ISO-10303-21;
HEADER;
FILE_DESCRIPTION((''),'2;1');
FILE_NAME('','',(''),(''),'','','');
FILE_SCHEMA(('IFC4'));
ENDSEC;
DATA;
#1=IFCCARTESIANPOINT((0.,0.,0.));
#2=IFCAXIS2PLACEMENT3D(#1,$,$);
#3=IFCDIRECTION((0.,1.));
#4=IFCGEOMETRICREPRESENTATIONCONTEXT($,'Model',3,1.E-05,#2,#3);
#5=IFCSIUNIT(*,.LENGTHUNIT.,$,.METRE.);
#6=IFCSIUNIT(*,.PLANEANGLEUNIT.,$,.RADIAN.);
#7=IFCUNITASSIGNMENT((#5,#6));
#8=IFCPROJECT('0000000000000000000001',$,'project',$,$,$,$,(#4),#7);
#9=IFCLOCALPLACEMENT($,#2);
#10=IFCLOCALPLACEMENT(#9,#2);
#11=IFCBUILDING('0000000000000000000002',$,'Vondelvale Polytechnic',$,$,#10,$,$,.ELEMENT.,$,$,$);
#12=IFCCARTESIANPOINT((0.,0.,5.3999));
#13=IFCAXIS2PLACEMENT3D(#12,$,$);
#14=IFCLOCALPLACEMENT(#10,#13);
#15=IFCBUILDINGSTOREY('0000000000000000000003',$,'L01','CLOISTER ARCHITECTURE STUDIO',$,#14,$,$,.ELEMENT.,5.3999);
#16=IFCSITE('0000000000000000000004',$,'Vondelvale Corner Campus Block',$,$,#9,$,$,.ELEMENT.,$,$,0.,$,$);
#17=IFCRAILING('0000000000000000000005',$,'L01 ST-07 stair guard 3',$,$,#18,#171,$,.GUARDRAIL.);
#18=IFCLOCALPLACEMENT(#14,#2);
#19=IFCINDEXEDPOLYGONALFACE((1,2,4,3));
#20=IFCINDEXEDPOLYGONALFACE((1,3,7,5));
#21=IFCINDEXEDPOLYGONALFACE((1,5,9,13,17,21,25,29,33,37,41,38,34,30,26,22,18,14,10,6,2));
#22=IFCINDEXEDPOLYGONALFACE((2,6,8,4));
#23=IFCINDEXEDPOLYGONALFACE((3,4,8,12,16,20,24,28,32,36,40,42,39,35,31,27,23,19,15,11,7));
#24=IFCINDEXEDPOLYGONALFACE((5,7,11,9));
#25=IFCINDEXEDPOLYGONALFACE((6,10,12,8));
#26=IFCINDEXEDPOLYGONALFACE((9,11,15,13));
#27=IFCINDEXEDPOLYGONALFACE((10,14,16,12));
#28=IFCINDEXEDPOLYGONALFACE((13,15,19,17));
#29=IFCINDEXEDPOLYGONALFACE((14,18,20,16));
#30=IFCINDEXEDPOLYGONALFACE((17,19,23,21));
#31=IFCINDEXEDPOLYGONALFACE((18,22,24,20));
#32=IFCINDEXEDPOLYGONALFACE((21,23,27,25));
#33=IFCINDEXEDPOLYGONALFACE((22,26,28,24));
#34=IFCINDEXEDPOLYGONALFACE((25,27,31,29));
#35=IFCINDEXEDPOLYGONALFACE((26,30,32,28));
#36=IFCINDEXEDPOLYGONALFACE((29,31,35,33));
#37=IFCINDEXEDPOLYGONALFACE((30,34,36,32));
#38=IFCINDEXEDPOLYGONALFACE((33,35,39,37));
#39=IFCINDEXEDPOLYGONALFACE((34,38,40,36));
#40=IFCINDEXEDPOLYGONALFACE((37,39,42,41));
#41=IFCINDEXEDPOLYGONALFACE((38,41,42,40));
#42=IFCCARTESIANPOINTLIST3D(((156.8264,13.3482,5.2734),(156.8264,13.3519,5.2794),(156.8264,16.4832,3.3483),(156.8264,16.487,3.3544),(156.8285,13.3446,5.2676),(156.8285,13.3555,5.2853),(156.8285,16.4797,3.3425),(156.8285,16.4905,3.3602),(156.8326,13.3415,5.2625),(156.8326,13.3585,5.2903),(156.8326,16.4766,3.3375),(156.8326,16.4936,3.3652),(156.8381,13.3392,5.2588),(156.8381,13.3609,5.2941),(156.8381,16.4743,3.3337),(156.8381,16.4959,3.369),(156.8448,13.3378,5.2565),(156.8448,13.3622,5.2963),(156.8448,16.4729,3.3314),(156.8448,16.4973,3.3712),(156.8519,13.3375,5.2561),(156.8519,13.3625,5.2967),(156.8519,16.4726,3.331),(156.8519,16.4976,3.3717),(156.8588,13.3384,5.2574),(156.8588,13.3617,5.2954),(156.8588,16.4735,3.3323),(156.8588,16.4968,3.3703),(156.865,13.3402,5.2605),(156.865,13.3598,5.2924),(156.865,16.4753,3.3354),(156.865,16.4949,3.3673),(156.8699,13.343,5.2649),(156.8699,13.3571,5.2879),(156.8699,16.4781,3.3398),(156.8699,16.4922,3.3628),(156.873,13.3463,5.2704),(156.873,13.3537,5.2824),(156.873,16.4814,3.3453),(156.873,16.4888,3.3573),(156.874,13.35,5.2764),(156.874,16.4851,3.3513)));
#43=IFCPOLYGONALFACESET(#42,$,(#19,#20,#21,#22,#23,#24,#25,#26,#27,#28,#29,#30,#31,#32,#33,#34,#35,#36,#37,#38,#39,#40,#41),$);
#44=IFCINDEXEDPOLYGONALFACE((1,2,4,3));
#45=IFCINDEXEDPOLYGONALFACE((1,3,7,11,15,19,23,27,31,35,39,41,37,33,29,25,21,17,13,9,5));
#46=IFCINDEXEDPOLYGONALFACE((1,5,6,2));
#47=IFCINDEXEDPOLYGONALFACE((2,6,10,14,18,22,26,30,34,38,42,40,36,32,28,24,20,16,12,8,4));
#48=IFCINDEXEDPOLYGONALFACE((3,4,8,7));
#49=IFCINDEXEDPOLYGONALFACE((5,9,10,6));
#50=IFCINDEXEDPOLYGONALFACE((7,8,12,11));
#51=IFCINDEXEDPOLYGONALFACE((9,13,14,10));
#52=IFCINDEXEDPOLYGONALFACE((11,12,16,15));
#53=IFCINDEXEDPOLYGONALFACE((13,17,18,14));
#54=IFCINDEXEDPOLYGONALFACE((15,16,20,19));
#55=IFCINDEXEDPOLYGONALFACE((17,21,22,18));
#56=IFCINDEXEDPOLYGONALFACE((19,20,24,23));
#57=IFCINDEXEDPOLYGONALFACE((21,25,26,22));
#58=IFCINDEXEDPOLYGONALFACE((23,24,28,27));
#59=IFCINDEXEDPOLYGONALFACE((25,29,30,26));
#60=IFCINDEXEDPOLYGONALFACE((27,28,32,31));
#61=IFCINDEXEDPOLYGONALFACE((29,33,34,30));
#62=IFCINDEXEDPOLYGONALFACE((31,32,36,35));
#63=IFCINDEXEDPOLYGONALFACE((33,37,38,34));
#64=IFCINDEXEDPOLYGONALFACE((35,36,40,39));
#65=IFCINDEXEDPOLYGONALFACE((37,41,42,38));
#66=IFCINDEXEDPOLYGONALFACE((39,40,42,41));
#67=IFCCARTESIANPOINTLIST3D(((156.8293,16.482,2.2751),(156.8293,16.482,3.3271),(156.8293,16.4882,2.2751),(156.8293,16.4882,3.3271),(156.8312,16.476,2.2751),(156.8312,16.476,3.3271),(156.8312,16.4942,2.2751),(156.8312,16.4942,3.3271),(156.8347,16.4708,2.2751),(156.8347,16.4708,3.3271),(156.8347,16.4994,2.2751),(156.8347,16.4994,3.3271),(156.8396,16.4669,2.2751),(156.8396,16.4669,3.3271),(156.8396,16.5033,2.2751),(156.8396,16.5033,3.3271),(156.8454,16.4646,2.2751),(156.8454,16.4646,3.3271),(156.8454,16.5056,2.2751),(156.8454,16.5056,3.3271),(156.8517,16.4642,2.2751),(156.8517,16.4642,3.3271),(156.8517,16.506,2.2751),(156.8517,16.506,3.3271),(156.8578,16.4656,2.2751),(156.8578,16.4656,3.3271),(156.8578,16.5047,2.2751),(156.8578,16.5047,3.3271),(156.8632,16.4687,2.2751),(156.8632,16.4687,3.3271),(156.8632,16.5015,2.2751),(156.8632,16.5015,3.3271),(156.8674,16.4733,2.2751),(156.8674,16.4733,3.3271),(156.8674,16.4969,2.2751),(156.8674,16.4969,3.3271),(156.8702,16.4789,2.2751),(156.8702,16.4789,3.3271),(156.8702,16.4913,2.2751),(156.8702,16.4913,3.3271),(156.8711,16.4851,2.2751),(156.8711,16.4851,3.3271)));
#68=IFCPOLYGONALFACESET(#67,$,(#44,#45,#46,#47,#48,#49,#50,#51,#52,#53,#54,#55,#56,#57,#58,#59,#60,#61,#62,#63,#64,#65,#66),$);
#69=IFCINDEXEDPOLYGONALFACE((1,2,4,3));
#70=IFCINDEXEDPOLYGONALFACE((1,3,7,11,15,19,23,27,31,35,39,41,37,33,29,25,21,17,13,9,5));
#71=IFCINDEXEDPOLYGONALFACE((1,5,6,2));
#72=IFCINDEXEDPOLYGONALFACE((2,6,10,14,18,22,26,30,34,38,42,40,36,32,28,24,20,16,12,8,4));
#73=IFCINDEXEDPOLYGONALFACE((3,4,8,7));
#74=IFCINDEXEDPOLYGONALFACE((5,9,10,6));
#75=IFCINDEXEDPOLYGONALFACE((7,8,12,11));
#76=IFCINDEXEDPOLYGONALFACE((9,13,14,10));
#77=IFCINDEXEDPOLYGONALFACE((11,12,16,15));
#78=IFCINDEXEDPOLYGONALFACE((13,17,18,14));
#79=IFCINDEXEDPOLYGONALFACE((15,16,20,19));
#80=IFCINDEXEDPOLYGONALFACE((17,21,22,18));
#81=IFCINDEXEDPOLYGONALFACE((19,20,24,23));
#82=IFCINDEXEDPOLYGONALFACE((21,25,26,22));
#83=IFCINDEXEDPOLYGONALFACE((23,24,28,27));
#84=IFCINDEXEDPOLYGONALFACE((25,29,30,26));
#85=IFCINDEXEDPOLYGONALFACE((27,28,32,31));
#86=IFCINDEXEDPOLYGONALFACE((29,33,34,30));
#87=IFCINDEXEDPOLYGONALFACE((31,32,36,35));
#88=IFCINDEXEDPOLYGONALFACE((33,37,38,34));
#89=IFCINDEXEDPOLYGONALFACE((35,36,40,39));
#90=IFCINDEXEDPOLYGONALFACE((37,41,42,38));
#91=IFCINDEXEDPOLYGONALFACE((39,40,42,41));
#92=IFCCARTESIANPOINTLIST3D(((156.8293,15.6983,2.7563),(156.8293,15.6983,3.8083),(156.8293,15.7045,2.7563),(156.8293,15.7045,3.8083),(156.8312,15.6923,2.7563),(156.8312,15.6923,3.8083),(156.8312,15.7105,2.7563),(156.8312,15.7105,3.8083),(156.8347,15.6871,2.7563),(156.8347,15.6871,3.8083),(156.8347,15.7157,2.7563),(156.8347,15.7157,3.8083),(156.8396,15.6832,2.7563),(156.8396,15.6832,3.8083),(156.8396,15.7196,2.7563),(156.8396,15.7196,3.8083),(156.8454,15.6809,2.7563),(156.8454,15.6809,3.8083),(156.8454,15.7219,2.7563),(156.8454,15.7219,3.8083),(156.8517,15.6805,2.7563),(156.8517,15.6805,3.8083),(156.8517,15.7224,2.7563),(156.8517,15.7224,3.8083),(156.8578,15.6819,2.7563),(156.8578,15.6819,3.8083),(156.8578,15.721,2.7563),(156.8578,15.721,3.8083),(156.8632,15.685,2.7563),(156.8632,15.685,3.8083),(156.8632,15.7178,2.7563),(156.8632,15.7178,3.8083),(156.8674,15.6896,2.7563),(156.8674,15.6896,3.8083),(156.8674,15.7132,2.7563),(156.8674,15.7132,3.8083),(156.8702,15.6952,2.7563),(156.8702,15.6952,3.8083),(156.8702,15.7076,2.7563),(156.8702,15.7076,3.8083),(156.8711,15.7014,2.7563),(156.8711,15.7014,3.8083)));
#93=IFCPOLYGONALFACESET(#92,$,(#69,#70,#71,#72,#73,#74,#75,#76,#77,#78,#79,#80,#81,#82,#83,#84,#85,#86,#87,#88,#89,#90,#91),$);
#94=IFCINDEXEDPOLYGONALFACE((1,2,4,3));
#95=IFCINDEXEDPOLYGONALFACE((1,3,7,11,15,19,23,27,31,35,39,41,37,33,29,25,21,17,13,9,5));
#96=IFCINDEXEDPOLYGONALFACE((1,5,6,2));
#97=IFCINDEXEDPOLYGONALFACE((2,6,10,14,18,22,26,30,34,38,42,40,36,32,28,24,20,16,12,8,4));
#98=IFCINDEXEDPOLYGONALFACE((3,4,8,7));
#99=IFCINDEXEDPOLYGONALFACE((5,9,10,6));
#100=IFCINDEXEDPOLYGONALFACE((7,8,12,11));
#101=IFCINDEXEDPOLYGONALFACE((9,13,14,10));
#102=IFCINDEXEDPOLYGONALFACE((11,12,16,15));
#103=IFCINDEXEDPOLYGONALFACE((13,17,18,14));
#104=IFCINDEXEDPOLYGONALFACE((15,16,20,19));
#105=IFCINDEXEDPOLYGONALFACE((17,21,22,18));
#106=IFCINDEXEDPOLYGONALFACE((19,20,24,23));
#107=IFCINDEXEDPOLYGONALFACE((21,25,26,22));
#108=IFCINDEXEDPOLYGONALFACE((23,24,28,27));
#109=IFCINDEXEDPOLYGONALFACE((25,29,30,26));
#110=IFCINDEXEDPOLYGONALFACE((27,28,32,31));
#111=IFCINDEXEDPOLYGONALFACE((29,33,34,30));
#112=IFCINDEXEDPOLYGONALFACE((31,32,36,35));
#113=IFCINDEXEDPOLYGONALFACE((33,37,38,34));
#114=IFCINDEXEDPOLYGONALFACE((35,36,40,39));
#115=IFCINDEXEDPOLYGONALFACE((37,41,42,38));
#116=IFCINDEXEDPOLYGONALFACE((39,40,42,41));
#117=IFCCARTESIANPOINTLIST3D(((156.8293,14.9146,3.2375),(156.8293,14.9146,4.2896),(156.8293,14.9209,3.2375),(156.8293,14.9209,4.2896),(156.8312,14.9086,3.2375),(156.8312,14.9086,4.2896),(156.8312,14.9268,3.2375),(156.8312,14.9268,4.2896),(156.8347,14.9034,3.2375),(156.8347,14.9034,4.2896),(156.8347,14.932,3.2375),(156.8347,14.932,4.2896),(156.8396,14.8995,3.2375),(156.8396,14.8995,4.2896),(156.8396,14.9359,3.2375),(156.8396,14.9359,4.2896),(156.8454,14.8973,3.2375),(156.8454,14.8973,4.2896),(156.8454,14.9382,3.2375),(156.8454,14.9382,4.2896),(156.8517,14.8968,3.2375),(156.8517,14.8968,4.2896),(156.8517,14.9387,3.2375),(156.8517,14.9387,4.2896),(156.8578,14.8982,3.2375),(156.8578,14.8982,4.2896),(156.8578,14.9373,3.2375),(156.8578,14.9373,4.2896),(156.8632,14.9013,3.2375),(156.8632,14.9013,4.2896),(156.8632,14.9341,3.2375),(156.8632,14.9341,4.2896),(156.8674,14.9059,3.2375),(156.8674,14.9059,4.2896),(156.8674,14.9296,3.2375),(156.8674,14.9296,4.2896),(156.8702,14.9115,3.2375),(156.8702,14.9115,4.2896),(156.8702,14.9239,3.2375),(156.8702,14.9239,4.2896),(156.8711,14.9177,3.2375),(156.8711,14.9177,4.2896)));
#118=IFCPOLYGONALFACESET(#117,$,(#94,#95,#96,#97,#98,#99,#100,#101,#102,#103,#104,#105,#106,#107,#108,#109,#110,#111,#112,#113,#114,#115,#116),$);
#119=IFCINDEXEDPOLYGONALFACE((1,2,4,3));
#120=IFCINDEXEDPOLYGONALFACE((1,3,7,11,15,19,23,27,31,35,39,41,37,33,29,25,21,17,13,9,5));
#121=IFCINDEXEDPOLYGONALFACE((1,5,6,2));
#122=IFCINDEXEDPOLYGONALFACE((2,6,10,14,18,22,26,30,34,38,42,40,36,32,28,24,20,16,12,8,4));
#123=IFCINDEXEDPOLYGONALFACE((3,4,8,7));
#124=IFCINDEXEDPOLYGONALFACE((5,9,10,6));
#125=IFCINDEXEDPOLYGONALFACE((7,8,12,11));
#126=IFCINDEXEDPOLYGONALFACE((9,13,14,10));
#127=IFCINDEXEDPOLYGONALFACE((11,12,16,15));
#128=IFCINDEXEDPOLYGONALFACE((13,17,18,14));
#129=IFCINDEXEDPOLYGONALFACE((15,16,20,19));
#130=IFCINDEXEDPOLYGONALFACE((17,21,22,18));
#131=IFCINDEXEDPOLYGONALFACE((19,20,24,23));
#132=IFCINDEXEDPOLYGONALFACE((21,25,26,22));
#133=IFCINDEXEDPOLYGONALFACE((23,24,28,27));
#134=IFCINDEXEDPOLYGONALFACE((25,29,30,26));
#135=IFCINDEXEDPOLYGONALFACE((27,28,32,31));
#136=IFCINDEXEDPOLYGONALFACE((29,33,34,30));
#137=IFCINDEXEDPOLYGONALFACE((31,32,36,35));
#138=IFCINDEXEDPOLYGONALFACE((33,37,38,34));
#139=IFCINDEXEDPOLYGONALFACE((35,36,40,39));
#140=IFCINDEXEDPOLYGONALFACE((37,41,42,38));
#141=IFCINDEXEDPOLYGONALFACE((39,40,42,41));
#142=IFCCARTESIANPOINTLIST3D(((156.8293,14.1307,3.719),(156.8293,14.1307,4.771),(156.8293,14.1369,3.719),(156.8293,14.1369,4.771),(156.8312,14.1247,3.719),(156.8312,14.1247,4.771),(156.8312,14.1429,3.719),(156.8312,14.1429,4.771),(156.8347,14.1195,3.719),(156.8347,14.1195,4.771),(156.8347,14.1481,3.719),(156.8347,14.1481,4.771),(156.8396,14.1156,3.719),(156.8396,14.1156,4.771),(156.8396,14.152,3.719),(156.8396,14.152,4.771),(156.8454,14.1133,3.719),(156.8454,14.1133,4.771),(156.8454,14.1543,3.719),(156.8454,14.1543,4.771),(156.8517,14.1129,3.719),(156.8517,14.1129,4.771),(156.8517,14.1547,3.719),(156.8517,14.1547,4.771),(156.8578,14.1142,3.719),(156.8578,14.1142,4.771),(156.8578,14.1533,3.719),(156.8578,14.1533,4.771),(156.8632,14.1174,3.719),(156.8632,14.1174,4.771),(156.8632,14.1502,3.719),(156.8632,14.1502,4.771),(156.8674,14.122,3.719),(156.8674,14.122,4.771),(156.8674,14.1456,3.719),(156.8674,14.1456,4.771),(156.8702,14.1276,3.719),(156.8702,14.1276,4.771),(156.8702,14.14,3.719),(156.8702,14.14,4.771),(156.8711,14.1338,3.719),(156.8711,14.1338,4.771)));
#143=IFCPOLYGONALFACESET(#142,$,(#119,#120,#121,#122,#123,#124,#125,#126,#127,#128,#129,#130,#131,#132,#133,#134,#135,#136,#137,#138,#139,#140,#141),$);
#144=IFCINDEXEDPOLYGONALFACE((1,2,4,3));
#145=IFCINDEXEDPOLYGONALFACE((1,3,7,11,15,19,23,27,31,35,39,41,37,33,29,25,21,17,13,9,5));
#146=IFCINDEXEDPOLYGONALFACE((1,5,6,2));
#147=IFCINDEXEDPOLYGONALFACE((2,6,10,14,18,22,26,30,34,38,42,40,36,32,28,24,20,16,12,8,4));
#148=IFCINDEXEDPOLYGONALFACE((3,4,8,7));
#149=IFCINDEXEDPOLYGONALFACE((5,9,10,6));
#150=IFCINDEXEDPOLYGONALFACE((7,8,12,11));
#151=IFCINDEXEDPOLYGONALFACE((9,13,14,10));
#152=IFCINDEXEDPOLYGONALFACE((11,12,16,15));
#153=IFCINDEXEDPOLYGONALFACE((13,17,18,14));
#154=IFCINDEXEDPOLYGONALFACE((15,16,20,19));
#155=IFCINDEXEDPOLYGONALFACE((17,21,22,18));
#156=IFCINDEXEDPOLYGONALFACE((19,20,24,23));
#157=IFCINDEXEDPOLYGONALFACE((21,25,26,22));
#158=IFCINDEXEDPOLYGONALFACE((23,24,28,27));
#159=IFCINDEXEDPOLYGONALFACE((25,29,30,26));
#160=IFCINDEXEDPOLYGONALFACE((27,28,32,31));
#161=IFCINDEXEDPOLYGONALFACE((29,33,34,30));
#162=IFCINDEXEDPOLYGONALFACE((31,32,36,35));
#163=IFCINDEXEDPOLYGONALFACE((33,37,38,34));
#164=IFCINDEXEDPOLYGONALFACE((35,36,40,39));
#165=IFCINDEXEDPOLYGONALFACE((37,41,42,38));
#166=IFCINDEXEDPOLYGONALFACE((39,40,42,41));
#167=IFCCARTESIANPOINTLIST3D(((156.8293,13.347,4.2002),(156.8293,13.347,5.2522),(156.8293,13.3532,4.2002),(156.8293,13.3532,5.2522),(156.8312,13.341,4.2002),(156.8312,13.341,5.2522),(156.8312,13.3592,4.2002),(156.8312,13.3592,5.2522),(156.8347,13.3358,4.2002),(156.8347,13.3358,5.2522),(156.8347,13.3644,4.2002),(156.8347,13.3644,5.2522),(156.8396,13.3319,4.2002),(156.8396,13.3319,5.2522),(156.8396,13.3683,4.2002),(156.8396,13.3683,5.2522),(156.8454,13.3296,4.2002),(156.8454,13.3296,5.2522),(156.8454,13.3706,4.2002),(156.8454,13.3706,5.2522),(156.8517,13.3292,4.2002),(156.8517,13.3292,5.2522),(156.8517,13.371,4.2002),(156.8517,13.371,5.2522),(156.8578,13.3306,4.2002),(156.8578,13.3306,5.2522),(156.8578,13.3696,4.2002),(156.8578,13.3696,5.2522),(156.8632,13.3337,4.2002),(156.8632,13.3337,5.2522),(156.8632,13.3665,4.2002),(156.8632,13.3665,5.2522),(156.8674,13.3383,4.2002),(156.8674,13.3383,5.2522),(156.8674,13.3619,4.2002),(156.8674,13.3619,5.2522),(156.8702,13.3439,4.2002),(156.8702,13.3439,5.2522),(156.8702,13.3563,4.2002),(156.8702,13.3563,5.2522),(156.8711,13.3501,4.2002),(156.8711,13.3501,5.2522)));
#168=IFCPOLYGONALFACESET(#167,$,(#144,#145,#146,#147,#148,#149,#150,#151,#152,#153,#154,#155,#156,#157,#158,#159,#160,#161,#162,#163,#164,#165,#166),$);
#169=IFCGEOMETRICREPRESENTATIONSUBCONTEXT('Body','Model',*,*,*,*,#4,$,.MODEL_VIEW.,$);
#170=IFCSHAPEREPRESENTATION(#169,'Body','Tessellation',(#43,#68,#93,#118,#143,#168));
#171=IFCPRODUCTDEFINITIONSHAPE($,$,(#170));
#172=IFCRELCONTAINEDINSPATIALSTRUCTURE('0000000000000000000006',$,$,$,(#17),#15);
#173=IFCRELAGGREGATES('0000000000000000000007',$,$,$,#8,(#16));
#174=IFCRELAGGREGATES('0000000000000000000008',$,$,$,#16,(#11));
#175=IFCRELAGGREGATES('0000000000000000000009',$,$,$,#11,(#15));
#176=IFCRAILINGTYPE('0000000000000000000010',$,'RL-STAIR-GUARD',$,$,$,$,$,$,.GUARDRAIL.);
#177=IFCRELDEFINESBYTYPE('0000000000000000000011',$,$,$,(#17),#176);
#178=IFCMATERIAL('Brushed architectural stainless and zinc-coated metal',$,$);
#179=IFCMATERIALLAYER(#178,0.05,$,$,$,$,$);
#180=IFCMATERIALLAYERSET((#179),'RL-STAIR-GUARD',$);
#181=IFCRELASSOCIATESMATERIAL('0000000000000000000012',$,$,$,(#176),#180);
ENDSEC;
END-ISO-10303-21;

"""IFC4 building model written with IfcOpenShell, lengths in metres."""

from ifc_helpers import new_model, si_unit, direction, frame, origin, origin_2d, place, context, subcontext, project, spatial, circle, extrude, material, layer, layer_set, type_object, element, save


model = new_model("IFC4")

# Units and contexts
model_context = context("Model", 3, precision=1e-05, world=origin(), true_north=direction((0.0, 1.0)))
body_context = subcontext(model_context, "Body", "Model", "MODEL_VIEW")
ifc_project = project(units=[si_unit("LENGTHUNIT", "METRE"), si_unit("PLANEANGLEUNIT", "RADIAN")], contexts=[model_context])

# Site, building, storey
site_placement = place(None, origin())
site = spatial("IfcSite", under=ifc_project, at=site_placement, Name="Vondelvale Corner Campus Block", CompositionType="ELEMENT", RefElevation=0.0)
building_placement = place(site_placement, origin())
building = spatial("IfcBuilding", under=site, at=building_placement, Name="Vondelvale Polytechnic", CompositionType="ELEMENT")
storey_placement = place(building_placement, frame((0.0, 0.0, 5.3999)))
storey = spatial("IfcBuildingStorey", under=building, at=storey_placement, Name="L01", Description="CLOISTER ARCHITECTURE STUDIO", CompositionType="ELEMENT", Elevation=5.3999)

# Shared definitions
ifc_material_1 = material(Name="Brushed architectural stainless and zinc-coated metal")

# Railing
ifc_layer_1 = layer(ifc_material_1, 0.05)
ifc_layer_set_1 = layer_set([ifc_layer_1], Name="RL-STAIR-GUARD")
railing_type_1 = type_object("IfcRailingType", Name="RL-STAIR-GUARD", PredefinedType="GUARDRAIL", material=ifc_layer_set_1)
railing_1_placement = place(storey_placement, frame((156.8501, 16.4851, 2.2751)))
element("IfcRailing", 1, at=railing_1_placement, inside=storey, type_object=railing_type_1, Name="L01 ST-07 stair guard 3", PredefinedType="GUARDRAIL", context=body_context, shape_type="SweptSolid", body=[
    extrude(circle(Radius=0.0239, at=origin_2d()), frame((0.0, 0.0, 1.0762), z_axis=(0.0, -0.852166, 0.523271), x_axis=(1.0, 0.0, 0.0)), (0.0, 0.0, 1.0), 3.679),
    extrude(circle(Radius=0.021, at=origin_2d()), origin(), (0.0, 0.0, 1.0), 1.052),
    extrude(circle(Radius=0.021, at=origin_2d()), frame((0.0, -0.7837, 0.4812)), (0.0, 0.0, 1.0), 1.052),
    extrude(circle(Radius=0.021, at=origin_2d()), frame((0.0, -1.5674, 0.9624)), (0.0, 0.0, 1.0), 1.052),
    extrude(circle(Radius=0.021, at=origin_2d()), frame((0.0, -2.3513, 1.4438)), (0.0, 0.0, 1.0), 1.052),
    extrude(circle(Radius=0.021, at=origin_2d()), frame((0.0, -3.135, 1.925)), (0.0, 0.0, 1.0), 1.052),
])

save(model, "model.ifc")
